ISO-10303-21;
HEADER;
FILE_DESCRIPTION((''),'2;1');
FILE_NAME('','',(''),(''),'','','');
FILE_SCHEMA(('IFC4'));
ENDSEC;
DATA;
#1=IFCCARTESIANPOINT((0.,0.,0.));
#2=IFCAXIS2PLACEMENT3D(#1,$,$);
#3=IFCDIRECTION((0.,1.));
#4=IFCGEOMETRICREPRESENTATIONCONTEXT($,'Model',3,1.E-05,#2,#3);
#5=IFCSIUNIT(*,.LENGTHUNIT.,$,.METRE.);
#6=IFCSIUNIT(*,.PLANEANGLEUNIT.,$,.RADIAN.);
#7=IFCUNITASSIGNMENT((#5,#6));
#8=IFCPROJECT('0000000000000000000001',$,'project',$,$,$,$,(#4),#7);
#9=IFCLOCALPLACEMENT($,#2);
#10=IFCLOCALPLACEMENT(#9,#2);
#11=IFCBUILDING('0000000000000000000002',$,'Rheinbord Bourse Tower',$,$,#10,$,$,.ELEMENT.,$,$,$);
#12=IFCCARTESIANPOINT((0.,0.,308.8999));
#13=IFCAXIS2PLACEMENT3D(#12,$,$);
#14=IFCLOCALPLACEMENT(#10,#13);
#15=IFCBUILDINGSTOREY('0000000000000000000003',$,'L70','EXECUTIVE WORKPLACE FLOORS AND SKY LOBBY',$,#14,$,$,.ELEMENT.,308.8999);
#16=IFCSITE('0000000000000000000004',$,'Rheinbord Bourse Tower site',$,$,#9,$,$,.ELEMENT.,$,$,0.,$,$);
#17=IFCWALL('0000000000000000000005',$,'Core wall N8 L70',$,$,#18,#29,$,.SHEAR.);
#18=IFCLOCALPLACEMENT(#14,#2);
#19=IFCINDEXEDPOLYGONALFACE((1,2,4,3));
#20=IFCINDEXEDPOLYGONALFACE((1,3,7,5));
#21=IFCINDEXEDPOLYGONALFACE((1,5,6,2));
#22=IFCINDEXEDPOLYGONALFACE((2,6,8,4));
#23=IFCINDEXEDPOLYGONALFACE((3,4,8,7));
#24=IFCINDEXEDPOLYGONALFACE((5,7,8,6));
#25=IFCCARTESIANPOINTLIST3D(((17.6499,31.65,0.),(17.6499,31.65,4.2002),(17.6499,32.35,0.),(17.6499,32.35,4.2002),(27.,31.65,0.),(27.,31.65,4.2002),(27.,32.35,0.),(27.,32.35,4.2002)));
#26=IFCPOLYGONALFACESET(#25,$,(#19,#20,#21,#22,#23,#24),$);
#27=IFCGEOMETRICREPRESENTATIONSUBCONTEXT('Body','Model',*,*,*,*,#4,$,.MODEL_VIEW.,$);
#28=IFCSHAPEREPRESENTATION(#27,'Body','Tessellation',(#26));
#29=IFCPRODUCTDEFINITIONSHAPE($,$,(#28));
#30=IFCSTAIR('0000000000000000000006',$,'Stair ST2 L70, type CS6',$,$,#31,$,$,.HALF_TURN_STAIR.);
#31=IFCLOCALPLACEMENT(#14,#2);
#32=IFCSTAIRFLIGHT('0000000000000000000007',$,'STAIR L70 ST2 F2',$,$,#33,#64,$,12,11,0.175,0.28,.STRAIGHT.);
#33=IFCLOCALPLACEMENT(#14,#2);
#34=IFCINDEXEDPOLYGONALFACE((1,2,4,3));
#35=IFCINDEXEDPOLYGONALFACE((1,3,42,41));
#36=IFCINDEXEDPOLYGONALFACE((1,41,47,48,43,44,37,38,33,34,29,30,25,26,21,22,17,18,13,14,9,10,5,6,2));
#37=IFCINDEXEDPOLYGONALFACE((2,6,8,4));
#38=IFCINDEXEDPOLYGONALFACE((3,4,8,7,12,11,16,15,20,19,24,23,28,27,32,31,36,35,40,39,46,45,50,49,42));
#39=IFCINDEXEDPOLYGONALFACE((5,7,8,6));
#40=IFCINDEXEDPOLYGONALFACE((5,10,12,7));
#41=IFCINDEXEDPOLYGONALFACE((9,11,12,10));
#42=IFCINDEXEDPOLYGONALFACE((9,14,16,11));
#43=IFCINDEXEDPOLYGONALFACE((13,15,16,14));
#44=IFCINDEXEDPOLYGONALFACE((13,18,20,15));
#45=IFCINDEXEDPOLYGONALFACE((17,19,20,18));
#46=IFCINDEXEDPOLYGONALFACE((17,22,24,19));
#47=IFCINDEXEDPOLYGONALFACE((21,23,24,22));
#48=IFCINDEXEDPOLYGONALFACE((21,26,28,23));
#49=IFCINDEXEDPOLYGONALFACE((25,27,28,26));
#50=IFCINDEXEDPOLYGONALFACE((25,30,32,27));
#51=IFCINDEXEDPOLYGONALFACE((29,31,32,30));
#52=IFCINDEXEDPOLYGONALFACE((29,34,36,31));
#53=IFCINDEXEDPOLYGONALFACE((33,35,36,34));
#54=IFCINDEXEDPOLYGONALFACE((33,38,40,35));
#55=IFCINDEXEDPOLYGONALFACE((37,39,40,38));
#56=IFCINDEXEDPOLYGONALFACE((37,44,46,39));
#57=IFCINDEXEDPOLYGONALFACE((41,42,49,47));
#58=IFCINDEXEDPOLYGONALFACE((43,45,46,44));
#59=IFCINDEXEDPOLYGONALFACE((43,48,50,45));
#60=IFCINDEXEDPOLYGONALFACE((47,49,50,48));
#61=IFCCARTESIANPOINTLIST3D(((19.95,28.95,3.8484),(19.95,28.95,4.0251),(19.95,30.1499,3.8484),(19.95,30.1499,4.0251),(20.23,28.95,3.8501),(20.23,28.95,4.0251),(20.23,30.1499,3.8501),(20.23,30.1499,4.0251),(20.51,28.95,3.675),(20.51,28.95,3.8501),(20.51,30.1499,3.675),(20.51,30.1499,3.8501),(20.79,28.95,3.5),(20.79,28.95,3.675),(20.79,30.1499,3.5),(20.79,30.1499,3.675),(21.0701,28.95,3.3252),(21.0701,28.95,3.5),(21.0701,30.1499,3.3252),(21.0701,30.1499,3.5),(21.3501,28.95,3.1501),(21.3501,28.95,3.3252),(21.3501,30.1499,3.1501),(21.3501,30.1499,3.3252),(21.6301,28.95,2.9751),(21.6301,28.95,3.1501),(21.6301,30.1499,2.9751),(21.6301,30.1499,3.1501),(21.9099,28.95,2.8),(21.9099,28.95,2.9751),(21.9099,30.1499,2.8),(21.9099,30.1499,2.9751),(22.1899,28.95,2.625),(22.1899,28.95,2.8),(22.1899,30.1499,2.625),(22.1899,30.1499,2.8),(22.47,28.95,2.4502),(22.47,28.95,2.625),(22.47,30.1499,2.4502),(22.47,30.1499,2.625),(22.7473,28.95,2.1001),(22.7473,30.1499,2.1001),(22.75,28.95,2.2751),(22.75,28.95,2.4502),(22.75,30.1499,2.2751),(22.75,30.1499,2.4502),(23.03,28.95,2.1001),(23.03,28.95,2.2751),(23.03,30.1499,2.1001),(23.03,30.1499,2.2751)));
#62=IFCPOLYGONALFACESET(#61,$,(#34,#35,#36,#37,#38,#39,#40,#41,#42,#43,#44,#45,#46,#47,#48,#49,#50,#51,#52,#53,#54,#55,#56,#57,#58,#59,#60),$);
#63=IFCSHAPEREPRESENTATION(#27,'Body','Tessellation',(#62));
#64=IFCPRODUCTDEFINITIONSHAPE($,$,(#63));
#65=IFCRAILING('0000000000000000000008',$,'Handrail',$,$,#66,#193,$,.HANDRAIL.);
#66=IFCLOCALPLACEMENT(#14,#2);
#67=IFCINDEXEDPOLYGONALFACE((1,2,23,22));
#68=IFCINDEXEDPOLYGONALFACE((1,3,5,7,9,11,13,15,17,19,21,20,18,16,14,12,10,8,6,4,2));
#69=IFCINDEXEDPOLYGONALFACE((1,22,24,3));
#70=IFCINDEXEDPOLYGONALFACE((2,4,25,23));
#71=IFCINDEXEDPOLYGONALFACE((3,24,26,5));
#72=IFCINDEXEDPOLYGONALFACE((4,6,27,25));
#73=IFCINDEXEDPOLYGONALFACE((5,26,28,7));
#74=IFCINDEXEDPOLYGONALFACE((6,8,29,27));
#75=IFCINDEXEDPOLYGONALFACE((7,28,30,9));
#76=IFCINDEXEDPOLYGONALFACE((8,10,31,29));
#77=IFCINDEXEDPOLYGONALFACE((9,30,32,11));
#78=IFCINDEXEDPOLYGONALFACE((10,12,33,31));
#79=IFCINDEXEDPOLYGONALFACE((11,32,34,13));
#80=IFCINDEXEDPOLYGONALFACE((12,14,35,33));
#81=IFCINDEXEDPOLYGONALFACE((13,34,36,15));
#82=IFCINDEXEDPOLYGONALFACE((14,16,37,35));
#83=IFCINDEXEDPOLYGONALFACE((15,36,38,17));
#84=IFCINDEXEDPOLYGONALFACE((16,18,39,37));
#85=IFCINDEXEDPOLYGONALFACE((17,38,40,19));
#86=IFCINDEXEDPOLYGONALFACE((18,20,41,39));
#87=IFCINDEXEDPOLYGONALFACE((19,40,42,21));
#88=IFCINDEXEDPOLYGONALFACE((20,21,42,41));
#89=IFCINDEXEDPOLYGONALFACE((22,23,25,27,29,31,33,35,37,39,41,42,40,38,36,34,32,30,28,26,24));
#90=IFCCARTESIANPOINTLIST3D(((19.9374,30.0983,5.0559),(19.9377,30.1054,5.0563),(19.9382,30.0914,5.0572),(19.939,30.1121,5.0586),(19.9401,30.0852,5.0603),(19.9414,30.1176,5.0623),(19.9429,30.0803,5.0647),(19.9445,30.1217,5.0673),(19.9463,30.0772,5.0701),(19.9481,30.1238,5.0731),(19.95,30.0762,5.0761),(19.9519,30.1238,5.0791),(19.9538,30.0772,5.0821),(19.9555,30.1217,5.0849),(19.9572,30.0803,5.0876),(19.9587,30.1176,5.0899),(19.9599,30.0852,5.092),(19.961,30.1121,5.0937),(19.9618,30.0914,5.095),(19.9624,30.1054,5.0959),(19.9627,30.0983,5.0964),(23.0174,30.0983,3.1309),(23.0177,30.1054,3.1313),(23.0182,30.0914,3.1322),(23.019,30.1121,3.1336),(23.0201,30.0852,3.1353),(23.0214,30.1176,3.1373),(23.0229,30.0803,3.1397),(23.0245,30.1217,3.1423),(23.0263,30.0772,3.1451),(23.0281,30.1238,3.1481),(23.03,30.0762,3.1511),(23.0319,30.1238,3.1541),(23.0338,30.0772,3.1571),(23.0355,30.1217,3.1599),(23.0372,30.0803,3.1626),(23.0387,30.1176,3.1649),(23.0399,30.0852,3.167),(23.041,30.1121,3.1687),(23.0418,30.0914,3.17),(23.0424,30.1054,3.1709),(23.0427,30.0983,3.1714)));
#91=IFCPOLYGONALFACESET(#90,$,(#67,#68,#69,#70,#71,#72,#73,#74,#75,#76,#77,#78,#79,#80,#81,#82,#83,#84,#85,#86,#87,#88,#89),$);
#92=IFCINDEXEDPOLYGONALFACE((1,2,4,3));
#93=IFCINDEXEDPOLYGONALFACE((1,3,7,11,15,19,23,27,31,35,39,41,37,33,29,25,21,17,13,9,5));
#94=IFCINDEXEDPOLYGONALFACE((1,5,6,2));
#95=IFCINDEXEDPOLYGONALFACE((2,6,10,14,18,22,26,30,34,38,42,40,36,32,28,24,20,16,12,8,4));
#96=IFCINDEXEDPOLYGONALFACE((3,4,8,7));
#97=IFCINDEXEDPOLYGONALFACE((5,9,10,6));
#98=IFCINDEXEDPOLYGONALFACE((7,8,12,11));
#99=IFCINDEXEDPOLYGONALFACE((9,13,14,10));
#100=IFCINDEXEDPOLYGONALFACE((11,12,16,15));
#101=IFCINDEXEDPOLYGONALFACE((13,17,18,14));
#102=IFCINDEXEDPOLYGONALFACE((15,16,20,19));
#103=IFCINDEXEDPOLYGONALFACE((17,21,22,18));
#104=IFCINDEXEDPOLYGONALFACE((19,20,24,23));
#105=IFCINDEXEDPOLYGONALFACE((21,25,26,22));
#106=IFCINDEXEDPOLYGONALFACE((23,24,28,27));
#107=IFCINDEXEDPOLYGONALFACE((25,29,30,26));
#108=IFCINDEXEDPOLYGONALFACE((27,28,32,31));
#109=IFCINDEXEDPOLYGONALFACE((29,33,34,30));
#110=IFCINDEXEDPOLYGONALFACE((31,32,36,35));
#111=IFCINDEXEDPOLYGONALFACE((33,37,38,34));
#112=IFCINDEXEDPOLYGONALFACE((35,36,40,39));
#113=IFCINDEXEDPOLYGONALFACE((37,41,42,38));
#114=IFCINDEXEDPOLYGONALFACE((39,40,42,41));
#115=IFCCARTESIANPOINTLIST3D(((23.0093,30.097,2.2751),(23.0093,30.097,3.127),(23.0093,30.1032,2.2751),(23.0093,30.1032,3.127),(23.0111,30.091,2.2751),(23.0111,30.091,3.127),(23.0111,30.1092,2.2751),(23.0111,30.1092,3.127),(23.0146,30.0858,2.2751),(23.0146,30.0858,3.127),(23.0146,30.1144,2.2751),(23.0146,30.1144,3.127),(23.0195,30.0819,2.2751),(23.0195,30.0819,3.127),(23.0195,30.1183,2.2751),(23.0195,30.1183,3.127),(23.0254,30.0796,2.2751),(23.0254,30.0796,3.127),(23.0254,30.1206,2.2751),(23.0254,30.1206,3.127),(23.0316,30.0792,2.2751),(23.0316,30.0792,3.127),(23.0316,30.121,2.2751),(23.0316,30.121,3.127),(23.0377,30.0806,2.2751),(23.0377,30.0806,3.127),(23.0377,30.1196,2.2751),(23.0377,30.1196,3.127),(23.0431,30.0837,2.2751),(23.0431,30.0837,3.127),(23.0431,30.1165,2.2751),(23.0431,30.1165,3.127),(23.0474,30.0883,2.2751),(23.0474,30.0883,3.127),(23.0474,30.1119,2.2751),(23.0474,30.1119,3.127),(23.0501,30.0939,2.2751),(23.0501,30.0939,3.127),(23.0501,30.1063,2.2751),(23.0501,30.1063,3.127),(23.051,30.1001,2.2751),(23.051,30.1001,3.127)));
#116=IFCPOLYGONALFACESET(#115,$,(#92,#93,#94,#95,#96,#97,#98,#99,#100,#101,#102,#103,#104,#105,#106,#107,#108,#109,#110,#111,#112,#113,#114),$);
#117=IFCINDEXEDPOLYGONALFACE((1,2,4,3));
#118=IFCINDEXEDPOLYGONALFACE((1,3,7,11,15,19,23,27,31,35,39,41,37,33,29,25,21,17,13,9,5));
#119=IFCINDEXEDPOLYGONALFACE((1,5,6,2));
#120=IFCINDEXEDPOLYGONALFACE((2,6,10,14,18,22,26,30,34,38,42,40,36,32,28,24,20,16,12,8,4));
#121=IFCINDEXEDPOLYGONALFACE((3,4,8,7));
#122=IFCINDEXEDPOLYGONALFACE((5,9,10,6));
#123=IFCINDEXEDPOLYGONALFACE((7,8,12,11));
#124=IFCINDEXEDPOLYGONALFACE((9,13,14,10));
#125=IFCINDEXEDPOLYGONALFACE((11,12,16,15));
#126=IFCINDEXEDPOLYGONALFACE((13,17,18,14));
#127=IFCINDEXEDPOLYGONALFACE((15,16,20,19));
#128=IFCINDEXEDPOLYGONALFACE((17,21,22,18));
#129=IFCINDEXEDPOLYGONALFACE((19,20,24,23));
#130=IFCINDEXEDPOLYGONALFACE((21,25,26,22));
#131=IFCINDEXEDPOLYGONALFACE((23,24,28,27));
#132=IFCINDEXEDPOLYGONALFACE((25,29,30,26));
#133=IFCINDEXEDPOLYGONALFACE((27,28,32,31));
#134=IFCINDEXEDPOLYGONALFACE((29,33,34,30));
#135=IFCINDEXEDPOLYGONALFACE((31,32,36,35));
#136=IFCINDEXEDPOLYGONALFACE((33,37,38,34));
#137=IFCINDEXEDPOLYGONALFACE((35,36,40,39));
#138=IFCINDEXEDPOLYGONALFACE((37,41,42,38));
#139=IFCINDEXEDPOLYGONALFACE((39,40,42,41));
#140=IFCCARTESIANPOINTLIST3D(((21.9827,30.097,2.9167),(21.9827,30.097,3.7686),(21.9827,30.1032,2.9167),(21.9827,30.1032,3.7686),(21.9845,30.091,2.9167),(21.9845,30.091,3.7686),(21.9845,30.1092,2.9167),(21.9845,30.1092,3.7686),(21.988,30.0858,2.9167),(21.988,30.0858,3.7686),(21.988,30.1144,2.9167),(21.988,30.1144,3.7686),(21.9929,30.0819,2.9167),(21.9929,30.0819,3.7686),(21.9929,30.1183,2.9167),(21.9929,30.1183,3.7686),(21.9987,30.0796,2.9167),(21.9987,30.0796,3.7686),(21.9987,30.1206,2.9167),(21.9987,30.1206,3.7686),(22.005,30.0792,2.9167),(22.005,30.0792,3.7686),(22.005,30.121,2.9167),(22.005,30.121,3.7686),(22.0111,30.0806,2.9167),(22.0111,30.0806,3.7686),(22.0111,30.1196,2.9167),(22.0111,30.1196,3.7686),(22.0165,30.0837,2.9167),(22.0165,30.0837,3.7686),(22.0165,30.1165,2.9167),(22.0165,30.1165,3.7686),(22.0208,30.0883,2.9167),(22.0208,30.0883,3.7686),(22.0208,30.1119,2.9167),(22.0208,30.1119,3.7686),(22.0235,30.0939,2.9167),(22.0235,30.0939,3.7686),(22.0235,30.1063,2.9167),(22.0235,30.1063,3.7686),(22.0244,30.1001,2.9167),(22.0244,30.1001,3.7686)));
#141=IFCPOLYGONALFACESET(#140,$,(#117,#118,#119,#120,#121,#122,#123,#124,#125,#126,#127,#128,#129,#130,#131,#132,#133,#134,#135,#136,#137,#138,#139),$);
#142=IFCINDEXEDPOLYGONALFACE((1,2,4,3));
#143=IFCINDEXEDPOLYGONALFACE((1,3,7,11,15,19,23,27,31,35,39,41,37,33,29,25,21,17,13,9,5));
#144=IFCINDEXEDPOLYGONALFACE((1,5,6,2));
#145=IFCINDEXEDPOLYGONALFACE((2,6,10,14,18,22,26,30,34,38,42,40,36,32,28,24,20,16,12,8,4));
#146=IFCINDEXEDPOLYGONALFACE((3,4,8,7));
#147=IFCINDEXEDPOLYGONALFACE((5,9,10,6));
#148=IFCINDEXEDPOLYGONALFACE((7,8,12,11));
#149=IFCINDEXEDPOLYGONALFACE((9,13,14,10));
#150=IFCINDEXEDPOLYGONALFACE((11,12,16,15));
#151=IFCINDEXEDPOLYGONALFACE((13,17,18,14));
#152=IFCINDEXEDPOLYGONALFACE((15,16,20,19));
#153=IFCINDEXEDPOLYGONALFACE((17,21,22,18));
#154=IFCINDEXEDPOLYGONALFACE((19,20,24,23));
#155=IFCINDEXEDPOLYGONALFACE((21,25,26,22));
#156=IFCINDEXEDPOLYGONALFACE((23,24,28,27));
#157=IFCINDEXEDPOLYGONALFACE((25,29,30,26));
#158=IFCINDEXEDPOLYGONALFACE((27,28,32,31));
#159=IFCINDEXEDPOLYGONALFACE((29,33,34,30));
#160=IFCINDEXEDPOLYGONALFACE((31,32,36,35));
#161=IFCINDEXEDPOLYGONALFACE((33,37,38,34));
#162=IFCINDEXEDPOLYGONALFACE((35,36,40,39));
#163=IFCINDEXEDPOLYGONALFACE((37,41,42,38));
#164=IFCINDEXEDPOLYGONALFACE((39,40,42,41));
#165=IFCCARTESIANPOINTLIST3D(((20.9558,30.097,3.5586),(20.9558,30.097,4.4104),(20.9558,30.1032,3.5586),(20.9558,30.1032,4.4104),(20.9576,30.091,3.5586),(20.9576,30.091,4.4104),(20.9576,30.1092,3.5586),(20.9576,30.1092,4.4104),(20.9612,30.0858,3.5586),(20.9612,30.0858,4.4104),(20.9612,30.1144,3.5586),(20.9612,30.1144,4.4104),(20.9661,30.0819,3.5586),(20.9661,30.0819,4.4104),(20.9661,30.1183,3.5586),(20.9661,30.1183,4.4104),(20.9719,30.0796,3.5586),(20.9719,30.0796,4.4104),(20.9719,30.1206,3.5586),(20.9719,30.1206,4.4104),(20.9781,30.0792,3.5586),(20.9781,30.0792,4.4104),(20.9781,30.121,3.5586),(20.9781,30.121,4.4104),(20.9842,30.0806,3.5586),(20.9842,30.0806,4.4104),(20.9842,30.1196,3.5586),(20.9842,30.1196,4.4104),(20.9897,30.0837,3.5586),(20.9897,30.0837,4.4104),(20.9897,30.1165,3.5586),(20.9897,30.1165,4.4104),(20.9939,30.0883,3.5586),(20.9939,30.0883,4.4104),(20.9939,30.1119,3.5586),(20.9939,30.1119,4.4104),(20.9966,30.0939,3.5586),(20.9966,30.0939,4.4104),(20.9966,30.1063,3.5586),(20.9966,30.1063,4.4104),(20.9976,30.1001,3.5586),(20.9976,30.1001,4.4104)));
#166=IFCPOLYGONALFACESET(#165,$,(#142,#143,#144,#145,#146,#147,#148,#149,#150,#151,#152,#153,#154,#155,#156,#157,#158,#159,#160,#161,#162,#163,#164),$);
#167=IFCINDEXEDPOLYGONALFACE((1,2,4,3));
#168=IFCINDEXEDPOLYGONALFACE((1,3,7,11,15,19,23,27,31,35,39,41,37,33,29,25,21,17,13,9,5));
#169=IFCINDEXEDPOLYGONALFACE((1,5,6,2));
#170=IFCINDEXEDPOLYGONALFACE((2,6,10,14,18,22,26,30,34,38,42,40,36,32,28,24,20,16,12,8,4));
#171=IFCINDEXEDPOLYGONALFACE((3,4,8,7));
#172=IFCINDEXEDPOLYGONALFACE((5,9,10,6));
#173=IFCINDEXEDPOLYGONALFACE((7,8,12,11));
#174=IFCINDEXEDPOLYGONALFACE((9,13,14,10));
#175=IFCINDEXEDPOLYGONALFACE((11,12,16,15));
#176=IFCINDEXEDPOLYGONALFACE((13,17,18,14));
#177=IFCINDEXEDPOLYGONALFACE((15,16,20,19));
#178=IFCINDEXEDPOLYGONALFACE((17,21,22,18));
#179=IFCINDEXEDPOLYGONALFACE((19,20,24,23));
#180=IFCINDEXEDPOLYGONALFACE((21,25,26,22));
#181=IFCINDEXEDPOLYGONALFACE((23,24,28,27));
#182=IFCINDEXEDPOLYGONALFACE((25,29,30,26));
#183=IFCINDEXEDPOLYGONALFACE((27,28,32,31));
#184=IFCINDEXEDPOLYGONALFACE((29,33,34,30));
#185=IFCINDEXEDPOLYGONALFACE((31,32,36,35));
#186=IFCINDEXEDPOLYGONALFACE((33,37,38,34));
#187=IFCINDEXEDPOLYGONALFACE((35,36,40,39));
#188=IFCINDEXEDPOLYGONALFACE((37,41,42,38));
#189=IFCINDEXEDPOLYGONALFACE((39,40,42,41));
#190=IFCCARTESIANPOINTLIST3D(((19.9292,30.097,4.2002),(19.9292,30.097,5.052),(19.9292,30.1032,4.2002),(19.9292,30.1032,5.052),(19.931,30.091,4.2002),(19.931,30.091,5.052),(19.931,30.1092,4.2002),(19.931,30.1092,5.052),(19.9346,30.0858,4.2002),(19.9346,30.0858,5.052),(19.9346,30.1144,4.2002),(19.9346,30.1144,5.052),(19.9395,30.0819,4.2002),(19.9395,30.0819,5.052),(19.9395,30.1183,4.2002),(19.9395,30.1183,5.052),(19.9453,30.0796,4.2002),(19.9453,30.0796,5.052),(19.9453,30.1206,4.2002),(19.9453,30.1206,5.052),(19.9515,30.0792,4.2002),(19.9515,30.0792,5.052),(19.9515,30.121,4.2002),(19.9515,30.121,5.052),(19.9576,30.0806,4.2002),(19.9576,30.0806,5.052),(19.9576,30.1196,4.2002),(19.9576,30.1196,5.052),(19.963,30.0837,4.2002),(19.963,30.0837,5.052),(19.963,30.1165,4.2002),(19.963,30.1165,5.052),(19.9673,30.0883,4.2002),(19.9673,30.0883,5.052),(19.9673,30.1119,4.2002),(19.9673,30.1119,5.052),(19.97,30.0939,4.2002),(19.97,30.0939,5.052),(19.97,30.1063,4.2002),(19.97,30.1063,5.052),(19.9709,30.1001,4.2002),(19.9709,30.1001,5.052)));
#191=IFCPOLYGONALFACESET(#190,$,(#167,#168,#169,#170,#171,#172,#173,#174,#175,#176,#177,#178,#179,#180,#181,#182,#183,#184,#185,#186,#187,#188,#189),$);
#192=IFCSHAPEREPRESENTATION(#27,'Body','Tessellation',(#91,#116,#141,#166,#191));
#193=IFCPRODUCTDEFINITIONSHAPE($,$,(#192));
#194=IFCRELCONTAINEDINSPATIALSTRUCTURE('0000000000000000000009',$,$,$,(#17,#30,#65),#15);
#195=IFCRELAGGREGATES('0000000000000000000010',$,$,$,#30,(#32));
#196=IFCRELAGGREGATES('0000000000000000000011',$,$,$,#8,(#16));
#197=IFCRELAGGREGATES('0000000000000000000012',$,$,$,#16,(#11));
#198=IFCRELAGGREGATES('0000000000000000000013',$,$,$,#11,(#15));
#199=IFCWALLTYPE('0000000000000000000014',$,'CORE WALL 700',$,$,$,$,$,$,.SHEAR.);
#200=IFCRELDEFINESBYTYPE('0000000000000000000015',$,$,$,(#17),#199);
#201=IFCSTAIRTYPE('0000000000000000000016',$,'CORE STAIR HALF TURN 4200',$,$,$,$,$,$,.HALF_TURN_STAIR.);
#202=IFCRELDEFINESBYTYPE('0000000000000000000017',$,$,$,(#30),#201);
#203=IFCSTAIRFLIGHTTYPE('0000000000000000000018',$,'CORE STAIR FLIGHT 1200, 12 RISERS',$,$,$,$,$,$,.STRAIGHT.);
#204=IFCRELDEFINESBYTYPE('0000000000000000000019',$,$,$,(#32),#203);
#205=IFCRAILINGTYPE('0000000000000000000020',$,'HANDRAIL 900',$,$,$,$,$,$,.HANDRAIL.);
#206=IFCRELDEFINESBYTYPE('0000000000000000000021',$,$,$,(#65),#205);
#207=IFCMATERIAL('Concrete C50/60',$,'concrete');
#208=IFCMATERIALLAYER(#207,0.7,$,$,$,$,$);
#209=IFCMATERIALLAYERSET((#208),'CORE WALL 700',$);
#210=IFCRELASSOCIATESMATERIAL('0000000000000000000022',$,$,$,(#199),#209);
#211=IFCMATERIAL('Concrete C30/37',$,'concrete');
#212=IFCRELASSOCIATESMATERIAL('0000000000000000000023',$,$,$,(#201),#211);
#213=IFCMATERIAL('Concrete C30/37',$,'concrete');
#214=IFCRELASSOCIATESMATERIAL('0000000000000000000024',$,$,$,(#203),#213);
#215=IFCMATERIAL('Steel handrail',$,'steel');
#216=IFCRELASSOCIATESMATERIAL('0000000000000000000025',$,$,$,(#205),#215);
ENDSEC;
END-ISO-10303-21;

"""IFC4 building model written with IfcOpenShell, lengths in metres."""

from ifc_helpers import new_model, si_unit, direction, frame, frame_2d, origin, origin_2d, place, context, subcontext, project, spatial, polyline, rectangle, circle, outline, extrude, material, layer, layer_set, type_object, element, aggregate, save


model = new_model("IFC4")

# Units and contexts
model_context = context("Model", 3, precision=1e-05, world=origin(), true_north=direction((0.0, 1.0)))
body_context = subcontext(model_context, "Body", "Model", "MODEL_VIEW")
ifc_project = project(units=[si_unit("LENGTHUNIT", "METRE"), si_unit("PLANEANGLEUNIT", "RADIAN")], contexts=[model_context])

# Site, building, storey
site_placement = place(None, origin())
site = spatial("IfcSite", under=ifc_project, at=site_placement, Name="Rheinbord Bourse Tower site", CompositionType="ELEMENT", RefElevation=0.0)
building_placement = place(site_placement, origin())
building = spatial("IfcBuilding", under=site, at=building_placement, Name="Rheinbord Bourse Tower", CompositionType="ELEMENT")
storey_placement = place(building_placement, frame((0.0, 0.0, 308.8999)))
storey = spatial("IfcBuildingStorey", under=building, at=storey_placement, Name="L70", Description="EXECUTIVE WORKPLACE FLOORS AND SKY LOBBY", CompositionType="ELEMENT", Elevation=308.8999)

# Wall
ifc_material_1 = material(Name="Concrete C50/60", Category="concrete")
ifc_layer_1 = layer(ifc_material_1, 0.7)
ifc_layer_set_1 = layer_set([ifc_layer_1], Name="CORE WALL 700")
wall_type_1 = type_object("IfcWallType", Name="CORE WALL 700", PredefinedType="SHEAR", material=ifc_layer_set_1)
wall_1_placement = place(storey_placement, frame((27.0, 32.0, 0.0), z_axis=(0.0, 0.0, 1.0), x_axis=(-1.0, 0.0, 0.0)))
element("IfcWall", 1, at=wall_1_placement, inside=storey, type_object=wall_type_1, Name="Core wall N8 L70", PredefinedType="SHEAR", context=body_context, shape_type="SweptSolid", body=[
    extrude(rectangle(XDim=9.3501, YDim=0.7, at=frame_2d((4.675, 0.0))), origin(), (0.0, 0.0, 1.0), 4.2002),
])

# Stair, stair flight
ifc_material_2 = material(Name="Concrete C30/37", Category="concrete")
stair_type = type_object("IfcStairType", Name="CORE STAIR HALF TURN 4200", PredefinedType="HALF_TURN_STAIR", material=ifc_material_2)
stair_placement = place(storey_placement, origin())
stair = element("IfcStair", 2, at=stair_placement, inside=storey, type_object=stair_type, Name="Stair ST2 L70, type CS6", PredefinedType="HALF_TURN_STAIR")
ifc_material_3 = material(Name="Concrete C30/37", Category="concrete")
stair_flight_type = type_object("IfcStairFlightType", Name="CORE STAIR FLIGHT 1200, 12 RISERS", PredefinedType="STRAIGHT", material=ifc_material_3)
stair_flight_placement = place(storey_placement, frame((23.03, 29.55, 2.1001), z_axis=(0.0, 0.0, 1.0), x_axis=(-1.0, 0.0, 0.0)))
stair_flight = element("IfcStairFlight", 3, at=stair_flight_placement, type_object=stair_flight_type, Name="STAIR L70 ST2 F2", NumberOfRisers=12, NumberOfTreads=11, PredefinedType="STRAIGHT", RiserHeight=0.175, TreadLength=0.28, context=body_context, shape_type="SweptSolid", body=[
    extrude(outline(polyline([(0.0, 0.0), (0.0, 0.175), (0.28, 0.175), (0.28, 0.3501), (0.5601, 0.3501), (0.5601, 0.5249), (0.8401, 0.5249), (0.8401, 0.7), (1.1201, 0.7), (1.1201, 0.875), (1.3999, 0.875), (1.3999, 1.05), (1.6799, 1.05), (1.6799, 1.2251), (1.96, 1.2251), (1.96, 1.3999), (2.24, 1.3999), (2.24, 1.575), (2.52, 1.575), (2.52, 1.75), (2.8, 1.75), (2.8, 1.925), (3.0801, 1.925), (3.0801, 2.1001), (3.0801, 1.7483), (0.2827, 0.0), (0.0, 0.0)])), frame((0.0, 0.6001, 0.0), z_axis=(0.0, -1.0, 0.0), x_axis=(1.0, 0.0, 0.0)), (0.0, 0.0, 1.0), 1.2),
])
aggregate(stair, [stair_flight])

# Railing
ifc_material_4 = material(Name="Steel handrail", Category="steel")
railing_type = type_object("IfcRailingType", Name="HANDRAIL 900", PredefinedType="HANDRAIL", material=ifc_material_4)
railing_placement = place(storey_placement, frame((23.03, 30.1001, 2.2751)))
element("IfcRailing", 4, at=railing_placement, inside=storey, type_object=railing_type, Name="Handrail", PredefinedType="HANDRAIL", context=body_context, shape_type="SweptSolid", body=[
    extrude(circle(Radius=0.0239, at=origin_2d()), frame((0.0, 0.0, 0.876), z_axis=(-0.847998, 0.0, 0.529999), x_axis=(0.0, -1.0, 0.0)), (0.0, 0.0, 1.0), 3.6321),
    extrude(circle(Radius=0.021, at=origin_2d()), origin(), (0.0, 0.0, 1.0), 0.8518),
    extrude(circle(Radius=0.021, at=origin_2d()), frame((-1.0266, 0.0, 0.6416)), (0.0, 0.0, 1.0), 0.8518),
    extrude(circle(Radius=0.021, at=origin_2d()), frame((-2.0535, 0.0, 1.2834)), (0.0, 0.0, 1.0), 0.8518),
    extrude(circle(Radius=0.021, at=origin_2d()), frame((-3.0801, 0.0, 1.925)), (0.0, 0.0, 1.0), 0.8518),
])

save(model, "model.ifc")
